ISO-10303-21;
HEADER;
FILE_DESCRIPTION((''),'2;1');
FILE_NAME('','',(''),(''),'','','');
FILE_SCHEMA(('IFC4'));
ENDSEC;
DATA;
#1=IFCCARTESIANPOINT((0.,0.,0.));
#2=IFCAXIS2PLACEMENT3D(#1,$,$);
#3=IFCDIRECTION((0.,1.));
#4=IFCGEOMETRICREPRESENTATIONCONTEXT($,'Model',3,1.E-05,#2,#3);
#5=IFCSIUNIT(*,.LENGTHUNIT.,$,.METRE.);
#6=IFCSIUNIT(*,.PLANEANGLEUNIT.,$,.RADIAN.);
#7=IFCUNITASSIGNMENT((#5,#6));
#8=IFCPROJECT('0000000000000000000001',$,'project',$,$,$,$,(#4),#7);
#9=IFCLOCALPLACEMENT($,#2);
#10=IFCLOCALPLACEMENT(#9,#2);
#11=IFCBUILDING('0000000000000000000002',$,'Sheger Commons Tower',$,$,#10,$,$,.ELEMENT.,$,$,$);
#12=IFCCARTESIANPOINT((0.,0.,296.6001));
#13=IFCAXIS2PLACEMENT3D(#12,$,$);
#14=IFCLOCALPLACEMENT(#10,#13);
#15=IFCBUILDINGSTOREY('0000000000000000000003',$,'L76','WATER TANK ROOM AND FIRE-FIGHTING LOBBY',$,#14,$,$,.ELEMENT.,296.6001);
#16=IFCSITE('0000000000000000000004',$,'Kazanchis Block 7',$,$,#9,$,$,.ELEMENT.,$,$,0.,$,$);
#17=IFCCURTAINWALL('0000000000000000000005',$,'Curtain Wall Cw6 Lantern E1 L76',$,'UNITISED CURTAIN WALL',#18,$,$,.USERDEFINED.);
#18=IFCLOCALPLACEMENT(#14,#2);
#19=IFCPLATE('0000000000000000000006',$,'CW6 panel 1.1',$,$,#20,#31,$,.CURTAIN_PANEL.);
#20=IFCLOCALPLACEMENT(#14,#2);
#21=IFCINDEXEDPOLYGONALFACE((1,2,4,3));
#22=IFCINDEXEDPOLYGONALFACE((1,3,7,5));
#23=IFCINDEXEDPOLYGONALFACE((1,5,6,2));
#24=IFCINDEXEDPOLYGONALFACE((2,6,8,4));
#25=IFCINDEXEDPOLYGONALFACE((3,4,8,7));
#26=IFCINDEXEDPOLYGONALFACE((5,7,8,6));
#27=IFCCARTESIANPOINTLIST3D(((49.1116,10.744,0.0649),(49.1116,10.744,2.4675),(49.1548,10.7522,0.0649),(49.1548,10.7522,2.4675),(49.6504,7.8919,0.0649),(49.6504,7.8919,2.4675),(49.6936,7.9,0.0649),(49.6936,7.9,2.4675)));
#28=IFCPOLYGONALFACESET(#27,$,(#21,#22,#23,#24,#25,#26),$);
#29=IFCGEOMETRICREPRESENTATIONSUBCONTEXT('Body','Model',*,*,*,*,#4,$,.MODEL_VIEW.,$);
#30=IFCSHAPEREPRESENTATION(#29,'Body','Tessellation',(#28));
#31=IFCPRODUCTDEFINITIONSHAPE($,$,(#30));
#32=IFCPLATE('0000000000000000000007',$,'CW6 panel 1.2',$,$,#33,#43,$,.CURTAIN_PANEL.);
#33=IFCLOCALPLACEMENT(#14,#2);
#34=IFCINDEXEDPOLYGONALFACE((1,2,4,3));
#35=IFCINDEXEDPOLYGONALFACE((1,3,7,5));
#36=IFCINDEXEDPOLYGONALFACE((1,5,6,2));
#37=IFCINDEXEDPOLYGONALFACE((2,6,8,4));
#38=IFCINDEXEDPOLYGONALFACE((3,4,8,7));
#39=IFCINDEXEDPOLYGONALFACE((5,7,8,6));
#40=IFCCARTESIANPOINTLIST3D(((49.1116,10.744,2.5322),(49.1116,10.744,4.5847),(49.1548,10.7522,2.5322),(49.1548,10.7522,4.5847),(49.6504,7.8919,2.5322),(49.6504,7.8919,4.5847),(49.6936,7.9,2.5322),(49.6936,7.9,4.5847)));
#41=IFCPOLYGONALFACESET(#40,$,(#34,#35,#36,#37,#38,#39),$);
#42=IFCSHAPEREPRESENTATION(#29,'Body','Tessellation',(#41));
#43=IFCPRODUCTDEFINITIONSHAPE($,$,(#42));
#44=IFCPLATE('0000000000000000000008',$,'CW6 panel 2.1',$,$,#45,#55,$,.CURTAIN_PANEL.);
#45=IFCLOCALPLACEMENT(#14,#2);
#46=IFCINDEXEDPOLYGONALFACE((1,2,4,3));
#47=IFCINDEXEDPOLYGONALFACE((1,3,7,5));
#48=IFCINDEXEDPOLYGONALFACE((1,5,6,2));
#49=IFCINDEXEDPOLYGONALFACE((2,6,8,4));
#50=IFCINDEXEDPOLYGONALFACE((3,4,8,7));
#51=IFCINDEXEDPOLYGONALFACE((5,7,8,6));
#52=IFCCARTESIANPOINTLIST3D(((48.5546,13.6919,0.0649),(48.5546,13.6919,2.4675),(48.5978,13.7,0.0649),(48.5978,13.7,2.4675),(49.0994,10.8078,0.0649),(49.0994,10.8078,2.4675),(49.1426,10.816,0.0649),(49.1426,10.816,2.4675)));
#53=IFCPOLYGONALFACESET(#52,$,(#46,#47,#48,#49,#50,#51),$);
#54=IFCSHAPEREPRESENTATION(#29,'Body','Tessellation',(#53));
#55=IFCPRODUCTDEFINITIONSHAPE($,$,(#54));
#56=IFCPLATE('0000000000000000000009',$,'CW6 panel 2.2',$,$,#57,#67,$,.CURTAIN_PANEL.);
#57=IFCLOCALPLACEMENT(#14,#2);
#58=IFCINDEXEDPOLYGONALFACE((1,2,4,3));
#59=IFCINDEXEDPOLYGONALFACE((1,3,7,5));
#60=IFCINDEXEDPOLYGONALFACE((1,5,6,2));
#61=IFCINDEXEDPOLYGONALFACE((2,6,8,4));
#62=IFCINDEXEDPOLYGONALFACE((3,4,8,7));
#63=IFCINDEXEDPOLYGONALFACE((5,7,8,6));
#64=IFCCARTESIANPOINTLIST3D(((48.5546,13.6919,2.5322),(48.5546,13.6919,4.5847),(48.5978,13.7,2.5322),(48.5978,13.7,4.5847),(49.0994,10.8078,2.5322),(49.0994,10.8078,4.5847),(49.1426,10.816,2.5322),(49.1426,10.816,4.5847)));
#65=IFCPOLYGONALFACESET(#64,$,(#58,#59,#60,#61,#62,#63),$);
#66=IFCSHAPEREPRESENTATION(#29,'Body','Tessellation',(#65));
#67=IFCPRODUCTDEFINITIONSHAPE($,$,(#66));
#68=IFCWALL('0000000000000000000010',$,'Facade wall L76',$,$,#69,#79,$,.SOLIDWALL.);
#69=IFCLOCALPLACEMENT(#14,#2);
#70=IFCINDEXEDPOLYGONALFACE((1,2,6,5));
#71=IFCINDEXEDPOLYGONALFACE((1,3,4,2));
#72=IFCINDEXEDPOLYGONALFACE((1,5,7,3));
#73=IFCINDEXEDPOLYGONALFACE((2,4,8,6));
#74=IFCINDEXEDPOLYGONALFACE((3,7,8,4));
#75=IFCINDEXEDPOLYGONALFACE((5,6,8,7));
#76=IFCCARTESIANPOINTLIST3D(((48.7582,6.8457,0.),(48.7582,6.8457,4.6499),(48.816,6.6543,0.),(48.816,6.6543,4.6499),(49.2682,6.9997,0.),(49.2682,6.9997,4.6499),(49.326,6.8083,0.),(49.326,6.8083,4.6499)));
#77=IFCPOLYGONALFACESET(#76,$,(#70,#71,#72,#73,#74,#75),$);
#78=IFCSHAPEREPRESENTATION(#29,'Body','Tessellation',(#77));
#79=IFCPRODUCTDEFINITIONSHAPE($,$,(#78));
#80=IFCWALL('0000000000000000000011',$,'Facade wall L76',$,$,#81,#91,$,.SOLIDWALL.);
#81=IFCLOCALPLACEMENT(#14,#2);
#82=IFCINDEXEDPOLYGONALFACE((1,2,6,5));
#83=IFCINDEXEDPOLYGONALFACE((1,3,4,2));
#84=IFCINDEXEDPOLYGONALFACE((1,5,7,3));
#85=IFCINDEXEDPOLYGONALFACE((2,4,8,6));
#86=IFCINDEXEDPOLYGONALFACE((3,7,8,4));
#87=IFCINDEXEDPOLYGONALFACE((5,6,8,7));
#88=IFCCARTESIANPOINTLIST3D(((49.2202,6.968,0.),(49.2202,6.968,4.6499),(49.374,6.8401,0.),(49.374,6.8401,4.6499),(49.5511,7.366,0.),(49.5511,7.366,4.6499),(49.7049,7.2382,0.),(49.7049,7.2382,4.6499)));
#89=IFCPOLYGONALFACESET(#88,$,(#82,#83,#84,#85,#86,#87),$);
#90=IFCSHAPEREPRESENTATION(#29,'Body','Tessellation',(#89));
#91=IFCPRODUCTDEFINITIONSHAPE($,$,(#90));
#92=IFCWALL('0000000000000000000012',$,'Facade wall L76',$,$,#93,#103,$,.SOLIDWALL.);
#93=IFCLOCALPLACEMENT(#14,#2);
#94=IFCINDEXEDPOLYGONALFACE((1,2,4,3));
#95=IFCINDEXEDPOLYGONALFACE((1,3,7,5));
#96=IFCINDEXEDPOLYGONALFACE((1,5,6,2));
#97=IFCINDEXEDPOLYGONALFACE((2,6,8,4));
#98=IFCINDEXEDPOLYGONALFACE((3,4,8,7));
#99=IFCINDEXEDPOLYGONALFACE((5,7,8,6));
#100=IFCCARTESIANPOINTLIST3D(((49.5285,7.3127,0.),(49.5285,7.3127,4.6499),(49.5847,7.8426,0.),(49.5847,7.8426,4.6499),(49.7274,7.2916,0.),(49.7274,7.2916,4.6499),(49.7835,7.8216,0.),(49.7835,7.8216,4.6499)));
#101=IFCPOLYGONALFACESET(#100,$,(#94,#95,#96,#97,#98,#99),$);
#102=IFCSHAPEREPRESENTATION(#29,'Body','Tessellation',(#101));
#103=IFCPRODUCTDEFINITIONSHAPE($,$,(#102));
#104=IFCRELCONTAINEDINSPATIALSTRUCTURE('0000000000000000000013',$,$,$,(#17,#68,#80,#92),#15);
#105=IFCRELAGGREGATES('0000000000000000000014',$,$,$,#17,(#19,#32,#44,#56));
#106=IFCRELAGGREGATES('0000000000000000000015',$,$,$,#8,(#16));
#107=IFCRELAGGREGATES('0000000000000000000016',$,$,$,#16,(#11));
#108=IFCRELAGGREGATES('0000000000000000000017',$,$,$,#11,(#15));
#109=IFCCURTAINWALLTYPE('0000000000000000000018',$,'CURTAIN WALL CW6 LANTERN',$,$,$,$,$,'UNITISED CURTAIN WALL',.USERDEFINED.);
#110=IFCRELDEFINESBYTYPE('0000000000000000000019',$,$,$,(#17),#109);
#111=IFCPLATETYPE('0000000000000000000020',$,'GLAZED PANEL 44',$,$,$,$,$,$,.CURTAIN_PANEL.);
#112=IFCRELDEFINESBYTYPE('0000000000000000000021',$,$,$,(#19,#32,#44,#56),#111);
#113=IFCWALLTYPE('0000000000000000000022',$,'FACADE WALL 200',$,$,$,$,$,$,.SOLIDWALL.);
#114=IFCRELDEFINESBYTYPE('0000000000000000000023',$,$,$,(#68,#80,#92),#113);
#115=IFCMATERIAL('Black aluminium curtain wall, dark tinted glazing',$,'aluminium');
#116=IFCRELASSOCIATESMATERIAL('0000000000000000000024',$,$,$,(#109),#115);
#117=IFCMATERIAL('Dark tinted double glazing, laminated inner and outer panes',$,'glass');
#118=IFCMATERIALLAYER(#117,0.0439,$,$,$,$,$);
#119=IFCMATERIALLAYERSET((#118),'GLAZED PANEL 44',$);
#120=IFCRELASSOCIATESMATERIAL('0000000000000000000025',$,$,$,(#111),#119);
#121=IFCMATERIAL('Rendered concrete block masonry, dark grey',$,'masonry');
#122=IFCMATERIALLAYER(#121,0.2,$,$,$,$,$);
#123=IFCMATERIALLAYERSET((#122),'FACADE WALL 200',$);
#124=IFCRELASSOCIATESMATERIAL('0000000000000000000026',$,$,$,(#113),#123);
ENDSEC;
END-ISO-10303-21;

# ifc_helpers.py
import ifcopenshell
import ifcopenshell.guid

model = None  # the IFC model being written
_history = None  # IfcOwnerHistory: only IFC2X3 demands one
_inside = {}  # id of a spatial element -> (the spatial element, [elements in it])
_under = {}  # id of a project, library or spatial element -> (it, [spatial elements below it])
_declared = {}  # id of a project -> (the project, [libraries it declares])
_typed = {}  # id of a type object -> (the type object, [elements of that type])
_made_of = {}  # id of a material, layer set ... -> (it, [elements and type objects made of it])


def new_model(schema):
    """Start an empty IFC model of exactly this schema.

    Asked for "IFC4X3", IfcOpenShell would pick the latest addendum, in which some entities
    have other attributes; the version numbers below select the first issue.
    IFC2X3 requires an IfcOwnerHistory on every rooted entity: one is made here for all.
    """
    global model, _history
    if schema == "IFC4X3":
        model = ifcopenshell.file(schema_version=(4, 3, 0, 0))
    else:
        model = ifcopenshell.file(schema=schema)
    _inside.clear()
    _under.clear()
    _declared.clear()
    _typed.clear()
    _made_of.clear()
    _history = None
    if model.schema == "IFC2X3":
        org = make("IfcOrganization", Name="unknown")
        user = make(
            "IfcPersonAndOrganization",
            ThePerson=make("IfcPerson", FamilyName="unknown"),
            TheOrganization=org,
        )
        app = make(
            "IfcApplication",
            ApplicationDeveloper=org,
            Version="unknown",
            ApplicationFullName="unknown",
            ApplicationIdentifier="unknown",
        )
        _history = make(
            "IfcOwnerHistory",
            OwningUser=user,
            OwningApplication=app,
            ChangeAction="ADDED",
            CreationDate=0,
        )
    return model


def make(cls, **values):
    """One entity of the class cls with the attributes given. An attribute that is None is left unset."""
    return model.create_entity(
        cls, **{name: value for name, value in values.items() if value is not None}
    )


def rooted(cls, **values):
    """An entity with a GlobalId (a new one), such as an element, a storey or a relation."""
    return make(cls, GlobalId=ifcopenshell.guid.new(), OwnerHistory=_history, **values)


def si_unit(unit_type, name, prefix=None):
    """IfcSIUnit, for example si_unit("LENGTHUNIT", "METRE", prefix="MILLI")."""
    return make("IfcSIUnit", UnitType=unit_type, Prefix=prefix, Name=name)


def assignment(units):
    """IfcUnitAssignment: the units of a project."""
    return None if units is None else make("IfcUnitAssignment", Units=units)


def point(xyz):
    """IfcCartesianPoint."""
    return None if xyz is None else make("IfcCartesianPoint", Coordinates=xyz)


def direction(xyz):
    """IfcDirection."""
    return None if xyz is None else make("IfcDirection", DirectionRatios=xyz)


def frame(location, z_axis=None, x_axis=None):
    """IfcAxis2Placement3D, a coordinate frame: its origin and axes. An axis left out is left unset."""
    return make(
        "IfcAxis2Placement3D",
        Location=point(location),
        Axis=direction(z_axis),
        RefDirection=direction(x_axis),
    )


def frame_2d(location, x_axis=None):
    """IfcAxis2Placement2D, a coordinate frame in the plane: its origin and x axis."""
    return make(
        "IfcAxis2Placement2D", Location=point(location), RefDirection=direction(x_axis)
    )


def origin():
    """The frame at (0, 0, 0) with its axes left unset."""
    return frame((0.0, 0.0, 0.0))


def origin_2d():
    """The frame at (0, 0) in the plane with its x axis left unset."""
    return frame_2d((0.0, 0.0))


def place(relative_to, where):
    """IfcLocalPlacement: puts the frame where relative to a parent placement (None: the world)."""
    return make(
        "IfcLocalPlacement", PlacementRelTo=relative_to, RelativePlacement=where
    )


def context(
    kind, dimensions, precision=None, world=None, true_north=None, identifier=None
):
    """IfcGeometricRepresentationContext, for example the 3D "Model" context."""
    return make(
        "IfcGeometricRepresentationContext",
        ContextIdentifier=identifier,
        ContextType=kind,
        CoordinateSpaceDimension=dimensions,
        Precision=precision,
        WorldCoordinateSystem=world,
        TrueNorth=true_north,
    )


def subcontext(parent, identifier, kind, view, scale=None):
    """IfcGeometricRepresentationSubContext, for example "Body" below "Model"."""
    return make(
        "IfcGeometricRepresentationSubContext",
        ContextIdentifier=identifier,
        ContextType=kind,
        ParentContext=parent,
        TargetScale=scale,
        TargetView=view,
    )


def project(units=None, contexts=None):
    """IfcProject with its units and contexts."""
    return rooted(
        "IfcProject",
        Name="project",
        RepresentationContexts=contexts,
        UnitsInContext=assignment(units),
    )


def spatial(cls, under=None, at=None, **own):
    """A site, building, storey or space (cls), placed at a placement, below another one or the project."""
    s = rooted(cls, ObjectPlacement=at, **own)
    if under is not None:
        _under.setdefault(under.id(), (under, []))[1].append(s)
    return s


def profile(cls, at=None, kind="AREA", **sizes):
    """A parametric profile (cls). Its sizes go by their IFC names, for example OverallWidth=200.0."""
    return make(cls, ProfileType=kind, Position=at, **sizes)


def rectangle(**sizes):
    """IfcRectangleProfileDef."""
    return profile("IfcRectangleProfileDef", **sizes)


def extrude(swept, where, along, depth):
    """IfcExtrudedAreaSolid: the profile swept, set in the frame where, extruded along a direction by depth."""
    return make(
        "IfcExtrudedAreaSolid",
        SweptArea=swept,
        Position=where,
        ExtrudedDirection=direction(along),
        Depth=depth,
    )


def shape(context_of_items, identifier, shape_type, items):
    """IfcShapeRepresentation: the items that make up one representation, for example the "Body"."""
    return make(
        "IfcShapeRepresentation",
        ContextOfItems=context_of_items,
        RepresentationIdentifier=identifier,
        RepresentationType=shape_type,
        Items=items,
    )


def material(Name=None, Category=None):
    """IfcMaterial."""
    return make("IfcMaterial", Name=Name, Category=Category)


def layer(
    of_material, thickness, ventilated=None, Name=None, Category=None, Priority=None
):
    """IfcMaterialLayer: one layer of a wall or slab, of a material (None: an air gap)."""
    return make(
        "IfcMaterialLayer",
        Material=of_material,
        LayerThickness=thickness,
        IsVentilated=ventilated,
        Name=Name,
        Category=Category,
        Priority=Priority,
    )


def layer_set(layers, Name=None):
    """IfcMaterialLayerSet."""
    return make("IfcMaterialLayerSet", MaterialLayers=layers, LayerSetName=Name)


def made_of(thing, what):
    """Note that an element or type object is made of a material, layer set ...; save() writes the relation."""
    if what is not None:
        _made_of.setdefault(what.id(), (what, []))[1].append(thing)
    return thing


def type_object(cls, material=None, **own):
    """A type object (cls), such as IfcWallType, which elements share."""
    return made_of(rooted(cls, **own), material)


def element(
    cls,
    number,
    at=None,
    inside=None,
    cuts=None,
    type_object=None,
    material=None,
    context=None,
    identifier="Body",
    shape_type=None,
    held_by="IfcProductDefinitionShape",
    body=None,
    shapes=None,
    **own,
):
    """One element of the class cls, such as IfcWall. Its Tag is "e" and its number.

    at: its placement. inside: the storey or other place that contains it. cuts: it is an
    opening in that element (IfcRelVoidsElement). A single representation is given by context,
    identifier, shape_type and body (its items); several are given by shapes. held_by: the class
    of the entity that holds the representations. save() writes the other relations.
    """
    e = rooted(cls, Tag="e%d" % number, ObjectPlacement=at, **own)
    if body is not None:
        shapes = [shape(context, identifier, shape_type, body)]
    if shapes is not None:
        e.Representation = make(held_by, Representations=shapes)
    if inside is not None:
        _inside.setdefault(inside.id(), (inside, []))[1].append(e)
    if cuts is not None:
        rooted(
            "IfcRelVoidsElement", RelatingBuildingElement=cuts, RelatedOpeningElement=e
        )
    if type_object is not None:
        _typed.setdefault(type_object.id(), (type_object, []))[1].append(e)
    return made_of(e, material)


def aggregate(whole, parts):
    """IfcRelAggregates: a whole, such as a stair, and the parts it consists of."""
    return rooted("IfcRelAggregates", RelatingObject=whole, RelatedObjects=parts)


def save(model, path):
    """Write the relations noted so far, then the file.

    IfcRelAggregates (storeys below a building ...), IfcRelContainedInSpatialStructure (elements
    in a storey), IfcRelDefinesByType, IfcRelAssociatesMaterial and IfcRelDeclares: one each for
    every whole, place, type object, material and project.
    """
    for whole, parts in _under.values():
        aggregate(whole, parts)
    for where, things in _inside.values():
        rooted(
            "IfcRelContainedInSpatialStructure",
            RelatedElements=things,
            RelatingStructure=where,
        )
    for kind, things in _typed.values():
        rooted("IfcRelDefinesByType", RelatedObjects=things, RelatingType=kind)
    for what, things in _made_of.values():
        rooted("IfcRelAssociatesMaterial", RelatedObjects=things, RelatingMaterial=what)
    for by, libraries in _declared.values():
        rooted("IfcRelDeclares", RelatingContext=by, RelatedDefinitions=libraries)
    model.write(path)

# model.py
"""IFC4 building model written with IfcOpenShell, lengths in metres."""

from ifc_helpers import new_model, si_unit, direction, frame, frame_2d, origin, origin_2d, place, context, subcontext, project, spatial, rectangle, extrude, material, layer, layer_set, type_object, element, aggregate, save


model = new_model("IFC4")

# Units and contexts
model_context = context("Model", 3, precision=1e-05, world=origin(), true_north=direction((0.0, 1.0)))
body_context = subcontext(model_context, "Body", "Model", "MODEL_VIEW")
ifc_project = project(units=[si_unit("LENGTHUNIT", "METRE"), si_unit("PLANEANGLEUNIT", "RADIAN")], contexts=[model_context])

# Site, building, storey
site_placement = place(None, origin())
site = spatial("IfcSite", under=ifc_project, at=site_placement, Name="Kazanchis Block 7", CompositionType="ELEMENT", RefElevation=0.0)
building_placement = place(site_placement, origin())
building = spatial("IfcBuilding", under=site, at=building_placement, Name="Sheger Commons Tower", CompositionType="ELEMENT")
storey_placement = place(building_placement, frame((0.0, 0.0, 296.6001)))
storey = spatial("IfcBuildingStorey", under=building, at=storey_placement, Name="L76", Description="WATER TANK ROOM AND FIRE-FIGHTING LOBBY", CompositionType="ELEMENT", Elevation=296.6001)

# Shared definitions
ifc_material_1 = material(Name="Black aluminium curtain wall, dark tinted glazing", Category="aluminium")
curtain_wall_type = type_object("IfcCurtainWallType", Name="CURTAIN WALL CW6 LANTERN", ElementType="UNITISED CURTAIN WALL", PredefinedType="USERDEFINED", material=ifc_material_1)

# Curtain wall
curtain_wall_1_placement = place(storey_placement, origin())
curtain_wall_1 = element("IfcCurtainWall", 1, at=curtain_wall_1_placement, inside=storey, type_object=curtain_wall_type, Name="Curtain Wall Cw6 Lantern E1 L76", ObjectType="UNITISED CURTAIN WALL", PredefinedType="USERDEFINED")

# Plates
ifc_material_2 = material(Name="Dark tinted double glazing, laminated inner and outer panes", Category="glass")
ifc_layer_1 = layer(ifc_material_2, 0.0439)
ifc_layer_set_1 = layer_set([ifc_layer_1], Name="GLAZED PANEL 44")
plate_type = type_object("IfcPlateType", Name="GLAZED PANEL 44", PredefinedType="CURTAIN_PANEL", material=ifc_layer_set_1)
plate_1_placement = place(storey_placement, frame((49.4026, 9.322, 0.0649), z_axis=(0.0, 0.0, 1.0), x_axis=(-0.185613, 0.982623, 0.0)))
plate_1 = element("IfcPlate", 2, at=plate_1_placement, type_object=plate_type, Name="CW6 panel 1.1", PredefinedType="CURTAIN_PANEL", context=body_context, shape_type="SweptSolid", body=[
    extrude(rectangle(XDim=2.9026, YDim=0.0439, at=origin_2d()), origin(), (0.0, 0.0, 1.0), 2.4026),
])
plate_2_placement = place(storey_placement, frame((49.4026, 9.322, 2.5322), z_axis=(0.0, 0.0, 1.0), x_axis=(-0.185613, 0.982623, 0.0)))
plate_2 = element("IfcPlate", 3, at=plate_2_placement, type_object=plate_type, Name="CW6 panel 1.2", PredefinedType="CURTAIN_PANEL", context=body_context, shape_type="SweptSolid", body=[
    extrude(rectangle(XDim=2.9026, YDim=0.0439, at=origin_2d()), origin(), (0.0, 0.0, 1.0), 2.0525),
])
plate_3_placement = place(storey_placement, frame((48.8486, 12.2539, 0.0649), z_axis=(0.0, 0.0, 1.0), x_axis=(-0.185613, 0.982623, 0.0)))
plate_3 = element("IfcPlate", 4, at=plate_3_placement, type_object=plate_type, Name="CW6 panel 2.1", PredefinedType="CURTAIN_PANEL", context=body_context, shape_type="SweptSolid", body=[
    extrude(rectangle(XDim=2.9351, YDim=0.0439, at=origin_2d()), origin(), (0.0, 0.0, 1.0), 2.4026),
])
plate_4_placement = place(storey_placement, frame((48.8486, 12.2539, 2.5322), z_axis=(0.0, 0.0, 1.0), x_axis=(-0.185613, 0.982623, 0.0)))
plate_4 = element("IfcPlate", 5, at=plate_4_placement, type_object=plate_type, Name="CW6 panel 2.2", PredefinedType="CURTAIN_PANEL", context=body_context, shape_type="SweptSolid", body=[
    extrude(rectangle(XDim=2.9351, YDim=0.0439, at=origin_2d()), origin(), (0.0, 0.0, 1.0), 2.0525),
])
aggregate(curtain_wall_1, [plate_1, plate_2, plate_3, plate_4])

# Walls
ifc_material_3 = material(Name="Rendered concrete block masonry, dark grey", Category="masonry")
ifc_layer_2 = layer(ifc_material_3, 0.2)
ifc_layer_set_2 = layer_set([ifc_layer_2], Name="FACADE WALL 200")
wall_type = type_object("IfcWallType", Name="FACADE WALL 200", PredefinedType="SOLIDWALL", material=ifc_layer_set_2)
wall_1_placement = place(storey_placement, frame((48.7871, 6.75, 0.0), z_axis=(0.0, 0.0, 1.0), x_axis=(0.957282, 0.289155, 0.0)))
element("IfcWall", 6, at=wall_1_placement, inside=storey, type_object=wall_type, Name="Facade wall L76", PredefinedType="SOLIDWALL", context=body_context, shape_type="SweptSolid", body=[
    extrude(rectangle(XDim=0.5327, YDim=0.2, at=frame_2d((0.2664, 0.0))), origin(), (0.0, 0.0, 1.0), 4.6499),
])
wall_2_placement = place(storey_placement, frame((49.2971, 6.9041, 0.0), z_axis=(0.0, 0.0, 1.0), x_axis=(0.639256, 0.768994, 0.0)))
element("IfcWall", 7, at=wall_2_placement, inside=storey, type_object=wall_type, Name="Facade wall L76", PredefinedType="SOLIDWALL", context=body_context, shape_type="SweptSolid", body=[
    extrude(rectangle(XDim=0.5176, YDim=0.2, at=frame_2d((0.2588, 0.0))), origin(), (0.0, 0.0, 1.0), 4.6499),
])
wall_3_placement = place(storey_placement, frame((49.6279, 7.302, 0.0), z_axis=(0.0, 0.0, 1.0), x_axis=(0.105352, 0.994435, 0.0)))
element("IfcWall", 8, at=wall_3_placement, inside=storey, type_object=wall_type, Name="Facade wall L76", PredefinedType="SOLIDWALL", context=body_context, shape_type="SweptSolid", body=[
    extrude(rectangle(XDim=0.533, YDim=0.2, at=frame_2d((0.2666, 0.0))), origin(), (0.0, 0.0, 1.0), 4.6499),
])

save(model, "model.ifc")
